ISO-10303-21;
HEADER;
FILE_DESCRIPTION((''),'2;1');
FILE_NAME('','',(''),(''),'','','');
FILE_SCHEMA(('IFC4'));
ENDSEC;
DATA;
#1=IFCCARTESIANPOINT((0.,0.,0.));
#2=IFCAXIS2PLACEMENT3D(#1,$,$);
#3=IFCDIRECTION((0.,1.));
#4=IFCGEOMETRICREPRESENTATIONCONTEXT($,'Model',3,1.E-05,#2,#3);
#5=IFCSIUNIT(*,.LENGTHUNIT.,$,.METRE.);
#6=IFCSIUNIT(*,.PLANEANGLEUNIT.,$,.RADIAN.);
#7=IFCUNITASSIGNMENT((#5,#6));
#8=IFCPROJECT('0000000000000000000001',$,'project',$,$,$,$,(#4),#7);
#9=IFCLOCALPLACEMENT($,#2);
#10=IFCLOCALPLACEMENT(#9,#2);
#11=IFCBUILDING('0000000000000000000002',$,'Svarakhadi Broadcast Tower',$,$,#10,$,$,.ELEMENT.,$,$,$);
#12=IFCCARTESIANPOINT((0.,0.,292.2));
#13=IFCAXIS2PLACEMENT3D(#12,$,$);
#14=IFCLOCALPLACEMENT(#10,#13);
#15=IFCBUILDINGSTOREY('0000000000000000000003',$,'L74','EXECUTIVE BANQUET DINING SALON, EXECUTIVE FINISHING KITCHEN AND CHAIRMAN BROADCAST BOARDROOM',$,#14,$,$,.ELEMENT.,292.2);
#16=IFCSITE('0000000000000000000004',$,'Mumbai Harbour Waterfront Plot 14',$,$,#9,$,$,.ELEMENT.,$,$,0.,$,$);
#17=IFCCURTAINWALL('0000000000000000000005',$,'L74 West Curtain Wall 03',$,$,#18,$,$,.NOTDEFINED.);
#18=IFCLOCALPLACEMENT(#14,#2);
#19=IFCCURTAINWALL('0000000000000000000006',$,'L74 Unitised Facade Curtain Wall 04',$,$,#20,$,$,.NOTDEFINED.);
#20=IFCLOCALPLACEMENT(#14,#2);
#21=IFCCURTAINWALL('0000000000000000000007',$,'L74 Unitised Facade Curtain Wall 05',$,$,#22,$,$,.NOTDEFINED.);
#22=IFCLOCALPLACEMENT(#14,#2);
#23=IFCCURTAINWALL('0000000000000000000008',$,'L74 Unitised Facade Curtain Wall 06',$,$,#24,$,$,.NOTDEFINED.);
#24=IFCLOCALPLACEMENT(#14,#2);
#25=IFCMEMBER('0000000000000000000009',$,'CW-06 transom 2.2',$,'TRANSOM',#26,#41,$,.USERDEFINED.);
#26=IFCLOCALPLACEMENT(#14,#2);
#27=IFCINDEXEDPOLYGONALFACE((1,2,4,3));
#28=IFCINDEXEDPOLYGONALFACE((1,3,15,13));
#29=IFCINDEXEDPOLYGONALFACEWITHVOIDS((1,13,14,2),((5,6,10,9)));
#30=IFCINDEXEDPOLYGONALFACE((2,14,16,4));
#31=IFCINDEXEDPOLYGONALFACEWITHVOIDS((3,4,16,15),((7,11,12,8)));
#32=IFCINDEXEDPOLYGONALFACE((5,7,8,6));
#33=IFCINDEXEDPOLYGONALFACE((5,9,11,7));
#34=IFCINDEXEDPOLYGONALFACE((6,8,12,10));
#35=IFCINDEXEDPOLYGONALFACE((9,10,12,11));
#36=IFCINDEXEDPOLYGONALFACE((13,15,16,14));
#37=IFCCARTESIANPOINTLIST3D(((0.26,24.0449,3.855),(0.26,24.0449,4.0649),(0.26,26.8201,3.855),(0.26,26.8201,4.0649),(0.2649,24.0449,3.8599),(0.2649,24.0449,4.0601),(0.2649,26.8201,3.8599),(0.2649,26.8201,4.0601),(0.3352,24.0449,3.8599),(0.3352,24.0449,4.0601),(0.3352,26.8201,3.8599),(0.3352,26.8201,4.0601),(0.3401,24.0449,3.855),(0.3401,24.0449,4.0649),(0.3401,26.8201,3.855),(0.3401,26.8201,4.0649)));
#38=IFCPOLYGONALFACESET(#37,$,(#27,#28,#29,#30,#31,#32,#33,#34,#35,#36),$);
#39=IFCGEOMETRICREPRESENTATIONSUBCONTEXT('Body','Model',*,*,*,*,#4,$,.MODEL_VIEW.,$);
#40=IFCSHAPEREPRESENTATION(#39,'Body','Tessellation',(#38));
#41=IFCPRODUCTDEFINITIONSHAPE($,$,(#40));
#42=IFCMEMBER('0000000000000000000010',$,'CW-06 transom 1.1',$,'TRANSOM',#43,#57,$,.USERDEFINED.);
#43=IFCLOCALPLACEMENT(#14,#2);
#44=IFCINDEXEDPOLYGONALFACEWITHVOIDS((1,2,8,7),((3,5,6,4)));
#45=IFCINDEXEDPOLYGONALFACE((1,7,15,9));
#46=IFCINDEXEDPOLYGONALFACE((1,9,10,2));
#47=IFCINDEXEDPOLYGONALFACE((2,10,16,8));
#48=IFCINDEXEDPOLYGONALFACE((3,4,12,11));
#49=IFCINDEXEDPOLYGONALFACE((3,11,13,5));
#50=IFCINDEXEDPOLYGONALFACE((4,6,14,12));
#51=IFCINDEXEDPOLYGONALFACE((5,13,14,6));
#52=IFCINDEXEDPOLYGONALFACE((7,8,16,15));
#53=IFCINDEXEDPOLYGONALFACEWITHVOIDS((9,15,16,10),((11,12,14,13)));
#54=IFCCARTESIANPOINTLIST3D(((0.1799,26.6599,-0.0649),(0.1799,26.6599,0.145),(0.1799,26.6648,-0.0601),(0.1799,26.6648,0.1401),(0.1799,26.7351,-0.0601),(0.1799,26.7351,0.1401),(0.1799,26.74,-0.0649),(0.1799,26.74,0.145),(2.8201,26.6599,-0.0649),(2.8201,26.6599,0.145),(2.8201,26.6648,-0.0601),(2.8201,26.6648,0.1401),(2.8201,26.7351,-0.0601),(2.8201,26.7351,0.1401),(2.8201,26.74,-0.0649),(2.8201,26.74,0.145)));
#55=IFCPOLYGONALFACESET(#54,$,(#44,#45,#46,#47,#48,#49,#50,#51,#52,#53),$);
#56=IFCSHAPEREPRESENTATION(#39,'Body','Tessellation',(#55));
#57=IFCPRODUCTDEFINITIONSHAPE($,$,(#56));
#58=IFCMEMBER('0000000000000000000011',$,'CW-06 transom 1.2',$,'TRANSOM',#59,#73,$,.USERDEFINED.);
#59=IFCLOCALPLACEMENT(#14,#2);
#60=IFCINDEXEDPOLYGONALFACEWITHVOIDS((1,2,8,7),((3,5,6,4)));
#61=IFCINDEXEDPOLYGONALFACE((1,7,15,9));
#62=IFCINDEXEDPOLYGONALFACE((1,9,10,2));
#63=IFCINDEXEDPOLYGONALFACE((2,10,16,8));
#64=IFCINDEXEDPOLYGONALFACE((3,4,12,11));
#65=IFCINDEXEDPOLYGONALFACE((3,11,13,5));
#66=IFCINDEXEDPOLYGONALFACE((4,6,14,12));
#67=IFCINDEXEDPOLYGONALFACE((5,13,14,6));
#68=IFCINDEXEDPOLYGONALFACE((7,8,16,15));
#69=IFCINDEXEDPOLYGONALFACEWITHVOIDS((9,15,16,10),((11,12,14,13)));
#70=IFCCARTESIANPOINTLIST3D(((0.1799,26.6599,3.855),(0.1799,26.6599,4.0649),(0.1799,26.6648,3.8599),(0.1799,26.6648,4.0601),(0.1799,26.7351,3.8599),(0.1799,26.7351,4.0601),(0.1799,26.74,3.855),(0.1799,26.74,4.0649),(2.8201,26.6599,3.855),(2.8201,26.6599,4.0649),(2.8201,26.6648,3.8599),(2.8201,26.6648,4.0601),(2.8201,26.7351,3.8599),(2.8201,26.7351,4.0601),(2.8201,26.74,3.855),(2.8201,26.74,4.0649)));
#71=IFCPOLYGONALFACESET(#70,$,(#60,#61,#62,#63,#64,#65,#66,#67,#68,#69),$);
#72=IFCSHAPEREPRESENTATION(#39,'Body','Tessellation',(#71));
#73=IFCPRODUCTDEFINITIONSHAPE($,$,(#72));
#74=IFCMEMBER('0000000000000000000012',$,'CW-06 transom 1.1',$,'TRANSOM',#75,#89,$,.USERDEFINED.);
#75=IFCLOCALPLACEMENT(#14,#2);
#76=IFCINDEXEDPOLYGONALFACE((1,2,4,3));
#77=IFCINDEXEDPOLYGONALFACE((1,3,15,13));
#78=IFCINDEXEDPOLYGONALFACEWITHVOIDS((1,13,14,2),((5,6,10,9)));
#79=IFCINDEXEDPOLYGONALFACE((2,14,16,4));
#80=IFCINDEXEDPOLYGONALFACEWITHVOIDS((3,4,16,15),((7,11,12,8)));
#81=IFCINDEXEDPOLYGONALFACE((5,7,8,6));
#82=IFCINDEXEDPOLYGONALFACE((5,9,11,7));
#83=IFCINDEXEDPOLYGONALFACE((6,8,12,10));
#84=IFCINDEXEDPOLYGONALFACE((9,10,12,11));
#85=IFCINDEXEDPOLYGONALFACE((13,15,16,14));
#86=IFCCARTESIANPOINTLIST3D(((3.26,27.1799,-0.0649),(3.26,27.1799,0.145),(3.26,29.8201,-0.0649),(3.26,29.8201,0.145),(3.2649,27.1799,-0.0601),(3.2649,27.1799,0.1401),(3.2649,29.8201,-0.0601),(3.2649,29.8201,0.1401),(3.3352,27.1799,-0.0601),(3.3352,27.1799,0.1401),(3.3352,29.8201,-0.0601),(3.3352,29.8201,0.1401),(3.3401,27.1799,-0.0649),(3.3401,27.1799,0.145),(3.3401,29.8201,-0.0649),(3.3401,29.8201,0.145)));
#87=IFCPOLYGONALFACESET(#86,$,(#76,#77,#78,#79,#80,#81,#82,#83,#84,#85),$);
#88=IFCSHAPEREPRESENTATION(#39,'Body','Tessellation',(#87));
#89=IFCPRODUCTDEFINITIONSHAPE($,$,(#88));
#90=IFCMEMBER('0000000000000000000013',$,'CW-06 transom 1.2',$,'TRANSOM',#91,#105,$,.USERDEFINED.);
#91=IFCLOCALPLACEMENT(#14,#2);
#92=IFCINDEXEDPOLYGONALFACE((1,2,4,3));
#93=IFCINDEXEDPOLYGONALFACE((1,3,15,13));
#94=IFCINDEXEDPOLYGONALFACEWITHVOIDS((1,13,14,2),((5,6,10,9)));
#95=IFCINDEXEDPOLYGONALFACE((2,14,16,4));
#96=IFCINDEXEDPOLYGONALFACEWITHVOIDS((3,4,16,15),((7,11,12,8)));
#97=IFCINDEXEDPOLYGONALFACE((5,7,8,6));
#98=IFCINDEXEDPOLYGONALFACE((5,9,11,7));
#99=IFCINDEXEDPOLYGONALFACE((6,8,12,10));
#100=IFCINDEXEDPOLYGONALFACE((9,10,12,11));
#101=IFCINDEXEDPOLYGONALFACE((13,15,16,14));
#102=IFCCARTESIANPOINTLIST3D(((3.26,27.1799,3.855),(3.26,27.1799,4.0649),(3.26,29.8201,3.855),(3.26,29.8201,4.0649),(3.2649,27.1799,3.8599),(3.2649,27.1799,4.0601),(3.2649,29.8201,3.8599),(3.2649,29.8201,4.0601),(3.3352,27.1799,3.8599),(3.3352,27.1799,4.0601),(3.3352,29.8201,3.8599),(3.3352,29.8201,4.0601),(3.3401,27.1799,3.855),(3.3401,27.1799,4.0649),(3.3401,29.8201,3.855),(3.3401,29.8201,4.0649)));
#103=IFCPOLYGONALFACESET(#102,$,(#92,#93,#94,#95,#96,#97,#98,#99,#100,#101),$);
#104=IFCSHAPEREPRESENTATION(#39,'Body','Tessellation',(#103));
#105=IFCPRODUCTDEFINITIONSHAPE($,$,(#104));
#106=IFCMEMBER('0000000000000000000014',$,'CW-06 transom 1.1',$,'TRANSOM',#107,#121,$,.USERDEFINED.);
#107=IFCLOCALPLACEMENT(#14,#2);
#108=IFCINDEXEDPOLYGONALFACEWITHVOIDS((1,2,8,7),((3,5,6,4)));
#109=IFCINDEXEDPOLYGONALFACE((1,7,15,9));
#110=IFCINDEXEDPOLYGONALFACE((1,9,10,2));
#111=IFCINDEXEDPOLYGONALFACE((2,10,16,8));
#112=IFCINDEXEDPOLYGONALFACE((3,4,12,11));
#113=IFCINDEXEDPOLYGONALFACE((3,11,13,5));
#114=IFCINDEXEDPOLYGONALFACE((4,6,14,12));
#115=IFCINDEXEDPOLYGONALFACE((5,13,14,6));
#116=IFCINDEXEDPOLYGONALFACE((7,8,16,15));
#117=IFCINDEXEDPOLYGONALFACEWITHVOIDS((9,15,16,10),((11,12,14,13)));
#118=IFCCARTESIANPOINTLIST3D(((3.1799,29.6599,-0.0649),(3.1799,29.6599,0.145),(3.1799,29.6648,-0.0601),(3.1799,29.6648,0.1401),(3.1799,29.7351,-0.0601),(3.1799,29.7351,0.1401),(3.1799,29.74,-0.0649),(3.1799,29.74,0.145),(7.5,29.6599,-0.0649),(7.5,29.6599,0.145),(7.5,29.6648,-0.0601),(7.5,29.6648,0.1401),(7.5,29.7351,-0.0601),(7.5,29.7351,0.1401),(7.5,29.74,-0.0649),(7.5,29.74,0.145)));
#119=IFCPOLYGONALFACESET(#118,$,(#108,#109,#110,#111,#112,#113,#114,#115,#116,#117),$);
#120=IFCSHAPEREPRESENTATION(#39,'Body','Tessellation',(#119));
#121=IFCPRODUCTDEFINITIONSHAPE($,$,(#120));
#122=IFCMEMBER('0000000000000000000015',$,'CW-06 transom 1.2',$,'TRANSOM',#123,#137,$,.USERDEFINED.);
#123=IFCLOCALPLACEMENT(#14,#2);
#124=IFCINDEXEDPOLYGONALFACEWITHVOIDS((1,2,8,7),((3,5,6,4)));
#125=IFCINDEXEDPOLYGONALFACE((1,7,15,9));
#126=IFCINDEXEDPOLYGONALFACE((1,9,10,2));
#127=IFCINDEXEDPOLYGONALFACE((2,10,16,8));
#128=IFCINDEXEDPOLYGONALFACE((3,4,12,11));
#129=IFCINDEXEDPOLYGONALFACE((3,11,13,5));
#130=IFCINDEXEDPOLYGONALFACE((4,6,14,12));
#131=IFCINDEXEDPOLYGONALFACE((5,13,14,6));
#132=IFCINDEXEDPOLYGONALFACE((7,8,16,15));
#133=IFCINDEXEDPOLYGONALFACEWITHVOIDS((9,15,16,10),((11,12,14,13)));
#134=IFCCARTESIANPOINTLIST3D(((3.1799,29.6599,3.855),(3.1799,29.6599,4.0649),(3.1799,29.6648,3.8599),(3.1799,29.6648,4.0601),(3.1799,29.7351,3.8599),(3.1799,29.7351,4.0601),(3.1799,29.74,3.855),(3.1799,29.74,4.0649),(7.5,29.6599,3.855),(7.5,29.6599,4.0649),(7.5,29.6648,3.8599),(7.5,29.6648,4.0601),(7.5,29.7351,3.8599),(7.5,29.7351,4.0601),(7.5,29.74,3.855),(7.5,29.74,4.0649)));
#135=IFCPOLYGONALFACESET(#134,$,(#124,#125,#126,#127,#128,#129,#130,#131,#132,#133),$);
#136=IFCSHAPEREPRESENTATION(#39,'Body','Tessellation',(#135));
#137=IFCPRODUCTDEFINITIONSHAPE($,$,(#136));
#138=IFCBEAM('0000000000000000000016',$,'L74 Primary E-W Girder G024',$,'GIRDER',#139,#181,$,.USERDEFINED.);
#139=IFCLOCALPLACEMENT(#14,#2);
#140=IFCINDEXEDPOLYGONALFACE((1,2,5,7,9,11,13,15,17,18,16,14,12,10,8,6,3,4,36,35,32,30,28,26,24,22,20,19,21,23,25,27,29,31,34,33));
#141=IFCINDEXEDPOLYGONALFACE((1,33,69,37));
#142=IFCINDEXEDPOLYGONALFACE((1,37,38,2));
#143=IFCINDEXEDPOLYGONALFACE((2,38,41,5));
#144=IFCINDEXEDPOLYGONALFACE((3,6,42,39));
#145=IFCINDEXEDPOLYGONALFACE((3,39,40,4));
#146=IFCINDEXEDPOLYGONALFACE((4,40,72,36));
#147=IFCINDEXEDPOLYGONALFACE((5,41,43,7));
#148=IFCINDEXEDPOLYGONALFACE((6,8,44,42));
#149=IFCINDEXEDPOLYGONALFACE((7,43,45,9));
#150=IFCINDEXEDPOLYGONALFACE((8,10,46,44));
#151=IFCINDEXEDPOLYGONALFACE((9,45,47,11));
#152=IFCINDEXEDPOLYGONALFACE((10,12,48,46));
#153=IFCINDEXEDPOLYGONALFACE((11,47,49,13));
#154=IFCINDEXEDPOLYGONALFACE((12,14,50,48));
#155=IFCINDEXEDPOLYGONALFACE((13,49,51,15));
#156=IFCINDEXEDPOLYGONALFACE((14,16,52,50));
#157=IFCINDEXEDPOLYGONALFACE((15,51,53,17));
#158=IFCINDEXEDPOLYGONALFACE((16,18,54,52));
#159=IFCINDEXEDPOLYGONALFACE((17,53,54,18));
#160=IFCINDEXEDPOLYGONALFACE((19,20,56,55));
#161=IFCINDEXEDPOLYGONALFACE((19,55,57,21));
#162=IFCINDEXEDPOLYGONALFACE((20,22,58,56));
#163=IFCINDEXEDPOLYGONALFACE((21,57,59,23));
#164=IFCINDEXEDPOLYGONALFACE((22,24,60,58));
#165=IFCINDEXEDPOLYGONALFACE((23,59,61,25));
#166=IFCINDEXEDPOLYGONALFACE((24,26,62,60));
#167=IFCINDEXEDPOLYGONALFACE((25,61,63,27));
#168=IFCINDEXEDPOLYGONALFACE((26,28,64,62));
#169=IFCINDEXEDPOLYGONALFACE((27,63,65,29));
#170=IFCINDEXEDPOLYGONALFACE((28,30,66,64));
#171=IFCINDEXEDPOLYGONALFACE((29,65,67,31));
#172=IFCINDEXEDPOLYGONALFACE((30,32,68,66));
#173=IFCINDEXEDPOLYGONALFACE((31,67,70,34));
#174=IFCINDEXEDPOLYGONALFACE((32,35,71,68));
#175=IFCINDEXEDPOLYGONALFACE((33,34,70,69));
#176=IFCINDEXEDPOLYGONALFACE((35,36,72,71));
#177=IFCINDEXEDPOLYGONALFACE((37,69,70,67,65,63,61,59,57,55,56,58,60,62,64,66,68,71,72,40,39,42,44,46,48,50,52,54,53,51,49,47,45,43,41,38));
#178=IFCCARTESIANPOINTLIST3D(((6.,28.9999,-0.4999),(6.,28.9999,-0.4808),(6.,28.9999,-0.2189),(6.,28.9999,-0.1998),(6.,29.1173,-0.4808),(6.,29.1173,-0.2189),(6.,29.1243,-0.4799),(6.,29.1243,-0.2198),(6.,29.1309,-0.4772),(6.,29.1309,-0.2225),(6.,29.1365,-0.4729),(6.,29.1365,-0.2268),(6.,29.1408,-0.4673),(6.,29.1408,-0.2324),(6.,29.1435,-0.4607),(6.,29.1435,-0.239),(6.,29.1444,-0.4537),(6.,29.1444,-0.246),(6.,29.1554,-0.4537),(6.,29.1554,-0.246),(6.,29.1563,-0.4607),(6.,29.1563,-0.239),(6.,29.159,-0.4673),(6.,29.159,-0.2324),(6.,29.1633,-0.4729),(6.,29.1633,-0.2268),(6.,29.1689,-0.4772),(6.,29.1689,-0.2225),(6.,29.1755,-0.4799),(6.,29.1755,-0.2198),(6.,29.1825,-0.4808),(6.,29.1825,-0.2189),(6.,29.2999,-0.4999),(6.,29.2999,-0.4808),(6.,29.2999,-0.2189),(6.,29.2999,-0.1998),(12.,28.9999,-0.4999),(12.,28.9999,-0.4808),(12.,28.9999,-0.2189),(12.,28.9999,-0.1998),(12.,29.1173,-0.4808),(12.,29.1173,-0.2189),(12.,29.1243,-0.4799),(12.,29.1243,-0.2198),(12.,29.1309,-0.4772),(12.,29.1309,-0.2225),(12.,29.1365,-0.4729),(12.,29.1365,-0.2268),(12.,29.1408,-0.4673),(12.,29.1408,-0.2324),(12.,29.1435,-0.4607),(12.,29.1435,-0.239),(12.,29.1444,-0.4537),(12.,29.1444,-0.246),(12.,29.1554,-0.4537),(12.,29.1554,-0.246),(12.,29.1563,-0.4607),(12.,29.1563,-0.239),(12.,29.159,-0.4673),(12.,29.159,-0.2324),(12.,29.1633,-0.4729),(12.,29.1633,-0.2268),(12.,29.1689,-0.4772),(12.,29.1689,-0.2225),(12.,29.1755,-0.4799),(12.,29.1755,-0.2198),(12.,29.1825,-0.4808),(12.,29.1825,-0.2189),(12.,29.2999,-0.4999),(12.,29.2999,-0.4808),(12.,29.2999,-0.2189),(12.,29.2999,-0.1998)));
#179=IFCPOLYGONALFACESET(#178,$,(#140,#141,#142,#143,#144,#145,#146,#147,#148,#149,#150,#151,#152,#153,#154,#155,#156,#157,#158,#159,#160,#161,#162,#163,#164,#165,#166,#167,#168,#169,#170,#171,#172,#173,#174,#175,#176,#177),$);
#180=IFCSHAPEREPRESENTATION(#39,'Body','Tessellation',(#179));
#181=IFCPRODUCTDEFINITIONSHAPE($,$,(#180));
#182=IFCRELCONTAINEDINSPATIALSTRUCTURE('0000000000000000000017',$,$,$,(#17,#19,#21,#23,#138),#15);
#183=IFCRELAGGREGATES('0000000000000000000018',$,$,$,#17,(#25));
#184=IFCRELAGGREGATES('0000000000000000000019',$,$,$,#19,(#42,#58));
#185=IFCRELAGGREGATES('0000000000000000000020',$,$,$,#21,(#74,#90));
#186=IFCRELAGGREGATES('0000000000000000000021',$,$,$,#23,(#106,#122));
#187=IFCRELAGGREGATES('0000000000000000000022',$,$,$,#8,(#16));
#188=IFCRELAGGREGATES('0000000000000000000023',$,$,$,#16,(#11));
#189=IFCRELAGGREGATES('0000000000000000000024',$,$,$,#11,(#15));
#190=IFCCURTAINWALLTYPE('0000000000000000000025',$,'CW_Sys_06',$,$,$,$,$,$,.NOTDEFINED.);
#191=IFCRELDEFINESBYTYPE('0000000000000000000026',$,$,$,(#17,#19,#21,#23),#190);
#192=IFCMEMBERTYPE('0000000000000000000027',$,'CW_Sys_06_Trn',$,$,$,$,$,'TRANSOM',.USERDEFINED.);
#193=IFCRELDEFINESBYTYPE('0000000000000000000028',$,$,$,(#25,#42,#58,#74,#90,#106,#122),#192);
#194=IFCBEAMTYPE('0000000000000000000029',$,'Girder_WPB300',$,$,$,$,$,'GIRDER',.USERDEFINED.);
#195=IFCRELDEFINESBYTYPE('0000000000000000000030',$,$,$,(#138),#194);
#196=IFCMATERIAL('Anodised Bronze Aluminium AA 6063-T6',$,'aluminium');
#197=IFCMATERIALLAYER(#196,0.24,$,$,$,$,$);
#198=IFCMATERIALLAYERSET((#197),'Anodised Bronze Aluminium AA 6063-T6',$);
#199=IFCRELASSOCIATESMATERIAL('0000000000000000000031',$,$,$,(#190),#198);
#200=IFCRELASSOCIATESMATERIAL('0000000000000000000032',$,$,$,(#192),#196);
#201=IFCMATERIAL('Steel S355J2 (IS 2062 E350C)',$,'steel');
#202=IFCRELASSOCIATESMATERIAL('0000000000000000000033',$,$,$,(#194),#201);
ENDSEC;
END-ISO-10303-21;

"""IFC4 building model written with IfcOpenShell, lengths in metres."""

from ifc_helpers import new_model, si_unit, direction, frame, origin, origin_2d, place, context, subcontext, project, spatial, hollow_rectangle, i_section, extrude, material, layer, layer_set, material_profile, profile_set, type_object, element, aggregate, save


model = new_model("IFC4")

# Units and contexts
model_context = context("Model", 3, precision=1e-05, world=origin(), true_north=direction((0.0, 1.0)))
body_context = subcontext(model_context, "Body", "Model", "MODEL_VIEW")
ifc_project = project(units=[si_unit("LENGTHUNIT", "METRE"), si_unit("PLANEANGLEUNIT", "RADIAN")], contexts=[model_context])

# Site, building, storey
site_placement = place(None, origin())
site = spatial("IfcSite", under=ifc_project, at=site_placement, Name="Mumbai Harbour Waterfront Plot 14", CompositionType="ELEMENT", RefElevation=0.0)
building_placement = place(site_placement, origin())
building = spatial("IfcBuilding", under=site, at=building_placement, Name="Svarakhadi Broadcast Tower", CompositionType="ELEMENT")
storey_placement = place(building_placement, frame((0.0, 0.0, 292.2)))
storey = spatial("IfcBuildingStorey", under=building, at=storey_placement, Name="L74", Description="EXECUTIVE BANQUET DINING SALON, EXECUTIVE FINISHING KITCHEN AND CHAIRMAN BROADCAST BOARDROOM", CompositionType="ELEMENT", Elevation=292.2)

# Curtain wall
ifc_material_1 = material(Name="Anodised Bronze Aluminium AA 6063-T6", Category="aluminium")
ifc_layer_1 = layer(ifc_material_1, 0.24)
ifc_layer_set_1 = layer_set([ifc_layer_1], Name="Anodised Bronze Aluminium AA 6063-T6")
curtain_wall_type = type_object("IfcCurtainWallType", Name="CW_Sys_06", PredefinedType="NOTDEFINED", material=ifc_layer_set_1)
curtain_wall_1_placement = place(storey_placement, origin())
curtain_wall_1 = element("IfcCurtainWall", 1, at=curtain_wall_1_placement, inside=storey, type_object=curtain_wall_type, Name="L74 West Curtain Wall 03", PredefinedType="NOTDEFINED")

# Curtain walls
curtain_wall_2_placement = place(storey_placement, origin())
curtain_wall_2 = element("IfcCurtainWall", 2, at=curtain_wall_2_placement, inside=storey, type_object=curtain_wall_type, Name="L74 Unitised Facade Curtain Wall 04", PredefinedType="NOTDEFINED")
curtain_wall_3_placement = place(storey_placement, origin())
curtain_wall_3 = element("IfcCurtainWall", 3, at=curtain_wall_3_placement, inside=storey, type_object=curtain_wall_type, Name="L74 Unitised Facade Curtain Wall 05", PredefinedType="NOTDEFINED")

# Curtain wall
curtain_wall_4_placement = place(storey_placement, origin())
curtain_wall_4 = element("IfcCurtainWall", 4, at=curtain_wall_4_placement, inside=storey, type_object=curtain_wall_type, Name="L74 Unitised Facade Curtain Wall 06", PredefinedType="NOTDEFINED")

# Members
ifc_material_profile_1 = material_profile(ifc_material_1, hollow_rectangle(XDim=0.0801, YDim=0.21, WallThickness=0.0049, at=origin_2d()), Name="ALU TRANSOM 210x80x5")
ifc_profile_set_1 = profile_set([ifc_material_profile_1], Name="Anodised Bronze Aluminium AA 6063-T6")
member_type_1 = type_object("IfcMemberType", Name="CW_Sys_06_Trn", ElementType="TRANSOM", PredefinedType="USERDEFINED", material=ifc_profile_set_1)
member_1_placement = place(storey_placement, frame((0.3, 24.0449, 3.96), z_axis=(0.0, 1.0, 0.0), x_axis=(-1.0, 0.0, 0.0)))
member_1 = element("IfcMember", 5, at=member_1_placement, type_object=member_type_1, Name="CW-06 transom 2.2", ObjectType="TRANSOM", PredefinedType="USERDEFINED", context=body_context, shape_type="SweptSolid", body=[
    extrude(hollow_rectangle(XDim=0.0801, YDim=0.21, WallThickness=0.0049, at=origin_2d()), origin(), (0.0, 0.0, 1.0), 2.7751),
])
member_2_placement = place(storey_placement, frame((0.1799, 26.7, 0.04), z_axis=(1.0, 0.0, 0.0), x_axis=(0.0, 1.0, 0.0)))
member_2 = element("IfcMember", 6, at=member_2_placement, type_object=member_type_1, Name="CW-06 transom 1.1", ObjectType="TRANSOM", PredefinedType="USERDEFINED", context=body_context, shape_type="SweptSolid", body=[
    extrude(hollow_rectangle(XDim=0.0801, YDim=0.21, WallThickness=0.0049, at=origin_2d()), origin(), (0.0, 0.0, 1.0), 2.6401),
])
member_3_placement = place(storey_placement, frame((0.1799, 26.7, 3.96), z_axis=(1.0, 0.0, 0.0), x_axis=(0.0, 1.0, 0.0)))
member_3 = element("IfcMember", 7, at=member_3_placement, type_object=member_type_1, Name="CW-06 transom 1.2", ObjectType="TRANSOM", PredefinedType="USERDEFINED", context=body_context, shape_type="SweptSolid", body=[
    extrude(hollow_rectangle(XDim=0.0801, YDim=0.21, WallThickness=0.0049, at=origin_2d()), origin(), (0.0, 0.0, 1.0), 2.6401),
])
member_4_placement = place(storey_placement, frame((3.3, 27.1799, 0.04), z_axis=(0.0, 1.0, 0.0), x_axis=(-1.0, 0.0, 0.0)))
member_4 = element("IfcMember", 8, at=member_4_placement, type_object=member_type_1, Name="CW-06 transom 1.1", ObjectType="TRANSOM", PredefinedType="USERDEFINED", context=body_context, shape_type="SweptSolid", body=[
    extrude(hollow_rectangle(XDim=0.0801, YDim=0.21, WallThickness=0.0049, at=origin_2d()), origin(), (0.0, 0.0, 1.0), 2.6401),
])
member_5_placement = place(storey_placement, frame((3.3, 27.1799, 3.96), z_axis=(0.0, 1.0, 0.0), x_axis=(-1.0, 0.0, 0.0)))
member_5 = element("IfcMember", 9, at=member_5_placement, type_object=member_type_1, Name="CW-06 transom 1.2", ObjectType="TRANSOM", PredefinedType="USERDEFINED", context=body_context, shape_type="SweptSolid", body=[
    extrude(hollow_rectangle(XDim=0.0801, YDim=0.21, WallThickness=0.0049, at=origin_2d()), origin(), (0.0, 0.0, 1.0), 2.6401),
])
member_6_placement = place(storey_placement, frame((3.1799, 29.7, 0.04), z_axis=(1.0, 0.0, 0.0), x_axis=(0.0, 1.0, 0.0)))
member_6 = element("IfcMember", 10, at=member_6_placement, type_object=member_type_1, Name="CW-06 transom 1.1", ObjectType="TRANSOM", PredefinedType="USERDEFINED", context=body_context, shape_type="SweptSolid", body=[
    extrude(hollow_rectangle(XDim=0.0801, YDim=0.21, WallThickness=0.0049, at=origin_2d()), origin(), (0.0, 0.0, 1.0), 4.3201),
])
member_7_placement = place(storey_placement, frame((3.1799, 29.7, 3.96), z_axis=(1.0, 0.0, 0.0), x_axis=(0.0, 1.0, 0.0)))
member_7 = element("IfcMember", 11, at=member_7_placement, type_object=member_type_1, Name="CW-06 transom 1.2", ObjectType="TRANSOM", PredefinedType="USERDEFINED", context=body_context, shape_type="SweptSolid", body=[
    extrude(hollow_rectangle(XDim=0.0801, YDim=0.21, WallThickness=0.0049, at=origin_2d()), origin(), (0.0, 0.0, 1.0), 4.3201),
])

# Beam
ifc_material_2 = material(Name="Steel S355J2 (IS 2062 E350C)", Category="steel")
ifc_material_profile_2 = material_profile(ifc_material_2, i_section(OverallWidth=0.3, OverallDepth=0.3, WebThickness=0.011, FlangeThickness=0.019, FilletRadius=0.0271, at=origin_2d()), Name="WPB 300x300x117")
ifc_profile_set_2 = profile_set([ifc_material_profile_2], Name="Steel S355J2 (IS 2062 E350C)")
beam_type_1 = type_object("IfcBeamType", Name="Girder_WPB300", ElementType="GIRDER", PredefinedType="USERDEFINED", material=ifc_profile_set_2)
beam_1_placement = place(storey_placement, frame((6.0, 29.1499, -0.3499), z_axis=(1.0, 0.0, 0.0), x_axis=(0.0, 1.0, 0.0)))
element("IfcBeam", 12, at=beam_1_placement, inside=storey, type_object=beam_type_1, Name="L74 Primary E-W Girder G024", ObjectType="GIRDER", PredefinedType="USERDEFINED", context=body_context, shape_type="SweptSolid", body=[
    extrude(i_section(OverallWidth=0.3, OverallDepth=0.3, WebThickness=0.011, FlangeThickness=0.019, FilletRadius=0.0271, at=origin_2d()), origin(), (0.0, 0.0, 1.0), 6.0),
])

aggregate(curtain_wall_1, [member_1])
aggregate(curtain_wall_2, [member_2, member_3])
aggregate(curtain_wall_3, [member_4, member_5])
aggregate(curtain_wall_4, [member_6, member_7])

save(model, "model.ifc")
